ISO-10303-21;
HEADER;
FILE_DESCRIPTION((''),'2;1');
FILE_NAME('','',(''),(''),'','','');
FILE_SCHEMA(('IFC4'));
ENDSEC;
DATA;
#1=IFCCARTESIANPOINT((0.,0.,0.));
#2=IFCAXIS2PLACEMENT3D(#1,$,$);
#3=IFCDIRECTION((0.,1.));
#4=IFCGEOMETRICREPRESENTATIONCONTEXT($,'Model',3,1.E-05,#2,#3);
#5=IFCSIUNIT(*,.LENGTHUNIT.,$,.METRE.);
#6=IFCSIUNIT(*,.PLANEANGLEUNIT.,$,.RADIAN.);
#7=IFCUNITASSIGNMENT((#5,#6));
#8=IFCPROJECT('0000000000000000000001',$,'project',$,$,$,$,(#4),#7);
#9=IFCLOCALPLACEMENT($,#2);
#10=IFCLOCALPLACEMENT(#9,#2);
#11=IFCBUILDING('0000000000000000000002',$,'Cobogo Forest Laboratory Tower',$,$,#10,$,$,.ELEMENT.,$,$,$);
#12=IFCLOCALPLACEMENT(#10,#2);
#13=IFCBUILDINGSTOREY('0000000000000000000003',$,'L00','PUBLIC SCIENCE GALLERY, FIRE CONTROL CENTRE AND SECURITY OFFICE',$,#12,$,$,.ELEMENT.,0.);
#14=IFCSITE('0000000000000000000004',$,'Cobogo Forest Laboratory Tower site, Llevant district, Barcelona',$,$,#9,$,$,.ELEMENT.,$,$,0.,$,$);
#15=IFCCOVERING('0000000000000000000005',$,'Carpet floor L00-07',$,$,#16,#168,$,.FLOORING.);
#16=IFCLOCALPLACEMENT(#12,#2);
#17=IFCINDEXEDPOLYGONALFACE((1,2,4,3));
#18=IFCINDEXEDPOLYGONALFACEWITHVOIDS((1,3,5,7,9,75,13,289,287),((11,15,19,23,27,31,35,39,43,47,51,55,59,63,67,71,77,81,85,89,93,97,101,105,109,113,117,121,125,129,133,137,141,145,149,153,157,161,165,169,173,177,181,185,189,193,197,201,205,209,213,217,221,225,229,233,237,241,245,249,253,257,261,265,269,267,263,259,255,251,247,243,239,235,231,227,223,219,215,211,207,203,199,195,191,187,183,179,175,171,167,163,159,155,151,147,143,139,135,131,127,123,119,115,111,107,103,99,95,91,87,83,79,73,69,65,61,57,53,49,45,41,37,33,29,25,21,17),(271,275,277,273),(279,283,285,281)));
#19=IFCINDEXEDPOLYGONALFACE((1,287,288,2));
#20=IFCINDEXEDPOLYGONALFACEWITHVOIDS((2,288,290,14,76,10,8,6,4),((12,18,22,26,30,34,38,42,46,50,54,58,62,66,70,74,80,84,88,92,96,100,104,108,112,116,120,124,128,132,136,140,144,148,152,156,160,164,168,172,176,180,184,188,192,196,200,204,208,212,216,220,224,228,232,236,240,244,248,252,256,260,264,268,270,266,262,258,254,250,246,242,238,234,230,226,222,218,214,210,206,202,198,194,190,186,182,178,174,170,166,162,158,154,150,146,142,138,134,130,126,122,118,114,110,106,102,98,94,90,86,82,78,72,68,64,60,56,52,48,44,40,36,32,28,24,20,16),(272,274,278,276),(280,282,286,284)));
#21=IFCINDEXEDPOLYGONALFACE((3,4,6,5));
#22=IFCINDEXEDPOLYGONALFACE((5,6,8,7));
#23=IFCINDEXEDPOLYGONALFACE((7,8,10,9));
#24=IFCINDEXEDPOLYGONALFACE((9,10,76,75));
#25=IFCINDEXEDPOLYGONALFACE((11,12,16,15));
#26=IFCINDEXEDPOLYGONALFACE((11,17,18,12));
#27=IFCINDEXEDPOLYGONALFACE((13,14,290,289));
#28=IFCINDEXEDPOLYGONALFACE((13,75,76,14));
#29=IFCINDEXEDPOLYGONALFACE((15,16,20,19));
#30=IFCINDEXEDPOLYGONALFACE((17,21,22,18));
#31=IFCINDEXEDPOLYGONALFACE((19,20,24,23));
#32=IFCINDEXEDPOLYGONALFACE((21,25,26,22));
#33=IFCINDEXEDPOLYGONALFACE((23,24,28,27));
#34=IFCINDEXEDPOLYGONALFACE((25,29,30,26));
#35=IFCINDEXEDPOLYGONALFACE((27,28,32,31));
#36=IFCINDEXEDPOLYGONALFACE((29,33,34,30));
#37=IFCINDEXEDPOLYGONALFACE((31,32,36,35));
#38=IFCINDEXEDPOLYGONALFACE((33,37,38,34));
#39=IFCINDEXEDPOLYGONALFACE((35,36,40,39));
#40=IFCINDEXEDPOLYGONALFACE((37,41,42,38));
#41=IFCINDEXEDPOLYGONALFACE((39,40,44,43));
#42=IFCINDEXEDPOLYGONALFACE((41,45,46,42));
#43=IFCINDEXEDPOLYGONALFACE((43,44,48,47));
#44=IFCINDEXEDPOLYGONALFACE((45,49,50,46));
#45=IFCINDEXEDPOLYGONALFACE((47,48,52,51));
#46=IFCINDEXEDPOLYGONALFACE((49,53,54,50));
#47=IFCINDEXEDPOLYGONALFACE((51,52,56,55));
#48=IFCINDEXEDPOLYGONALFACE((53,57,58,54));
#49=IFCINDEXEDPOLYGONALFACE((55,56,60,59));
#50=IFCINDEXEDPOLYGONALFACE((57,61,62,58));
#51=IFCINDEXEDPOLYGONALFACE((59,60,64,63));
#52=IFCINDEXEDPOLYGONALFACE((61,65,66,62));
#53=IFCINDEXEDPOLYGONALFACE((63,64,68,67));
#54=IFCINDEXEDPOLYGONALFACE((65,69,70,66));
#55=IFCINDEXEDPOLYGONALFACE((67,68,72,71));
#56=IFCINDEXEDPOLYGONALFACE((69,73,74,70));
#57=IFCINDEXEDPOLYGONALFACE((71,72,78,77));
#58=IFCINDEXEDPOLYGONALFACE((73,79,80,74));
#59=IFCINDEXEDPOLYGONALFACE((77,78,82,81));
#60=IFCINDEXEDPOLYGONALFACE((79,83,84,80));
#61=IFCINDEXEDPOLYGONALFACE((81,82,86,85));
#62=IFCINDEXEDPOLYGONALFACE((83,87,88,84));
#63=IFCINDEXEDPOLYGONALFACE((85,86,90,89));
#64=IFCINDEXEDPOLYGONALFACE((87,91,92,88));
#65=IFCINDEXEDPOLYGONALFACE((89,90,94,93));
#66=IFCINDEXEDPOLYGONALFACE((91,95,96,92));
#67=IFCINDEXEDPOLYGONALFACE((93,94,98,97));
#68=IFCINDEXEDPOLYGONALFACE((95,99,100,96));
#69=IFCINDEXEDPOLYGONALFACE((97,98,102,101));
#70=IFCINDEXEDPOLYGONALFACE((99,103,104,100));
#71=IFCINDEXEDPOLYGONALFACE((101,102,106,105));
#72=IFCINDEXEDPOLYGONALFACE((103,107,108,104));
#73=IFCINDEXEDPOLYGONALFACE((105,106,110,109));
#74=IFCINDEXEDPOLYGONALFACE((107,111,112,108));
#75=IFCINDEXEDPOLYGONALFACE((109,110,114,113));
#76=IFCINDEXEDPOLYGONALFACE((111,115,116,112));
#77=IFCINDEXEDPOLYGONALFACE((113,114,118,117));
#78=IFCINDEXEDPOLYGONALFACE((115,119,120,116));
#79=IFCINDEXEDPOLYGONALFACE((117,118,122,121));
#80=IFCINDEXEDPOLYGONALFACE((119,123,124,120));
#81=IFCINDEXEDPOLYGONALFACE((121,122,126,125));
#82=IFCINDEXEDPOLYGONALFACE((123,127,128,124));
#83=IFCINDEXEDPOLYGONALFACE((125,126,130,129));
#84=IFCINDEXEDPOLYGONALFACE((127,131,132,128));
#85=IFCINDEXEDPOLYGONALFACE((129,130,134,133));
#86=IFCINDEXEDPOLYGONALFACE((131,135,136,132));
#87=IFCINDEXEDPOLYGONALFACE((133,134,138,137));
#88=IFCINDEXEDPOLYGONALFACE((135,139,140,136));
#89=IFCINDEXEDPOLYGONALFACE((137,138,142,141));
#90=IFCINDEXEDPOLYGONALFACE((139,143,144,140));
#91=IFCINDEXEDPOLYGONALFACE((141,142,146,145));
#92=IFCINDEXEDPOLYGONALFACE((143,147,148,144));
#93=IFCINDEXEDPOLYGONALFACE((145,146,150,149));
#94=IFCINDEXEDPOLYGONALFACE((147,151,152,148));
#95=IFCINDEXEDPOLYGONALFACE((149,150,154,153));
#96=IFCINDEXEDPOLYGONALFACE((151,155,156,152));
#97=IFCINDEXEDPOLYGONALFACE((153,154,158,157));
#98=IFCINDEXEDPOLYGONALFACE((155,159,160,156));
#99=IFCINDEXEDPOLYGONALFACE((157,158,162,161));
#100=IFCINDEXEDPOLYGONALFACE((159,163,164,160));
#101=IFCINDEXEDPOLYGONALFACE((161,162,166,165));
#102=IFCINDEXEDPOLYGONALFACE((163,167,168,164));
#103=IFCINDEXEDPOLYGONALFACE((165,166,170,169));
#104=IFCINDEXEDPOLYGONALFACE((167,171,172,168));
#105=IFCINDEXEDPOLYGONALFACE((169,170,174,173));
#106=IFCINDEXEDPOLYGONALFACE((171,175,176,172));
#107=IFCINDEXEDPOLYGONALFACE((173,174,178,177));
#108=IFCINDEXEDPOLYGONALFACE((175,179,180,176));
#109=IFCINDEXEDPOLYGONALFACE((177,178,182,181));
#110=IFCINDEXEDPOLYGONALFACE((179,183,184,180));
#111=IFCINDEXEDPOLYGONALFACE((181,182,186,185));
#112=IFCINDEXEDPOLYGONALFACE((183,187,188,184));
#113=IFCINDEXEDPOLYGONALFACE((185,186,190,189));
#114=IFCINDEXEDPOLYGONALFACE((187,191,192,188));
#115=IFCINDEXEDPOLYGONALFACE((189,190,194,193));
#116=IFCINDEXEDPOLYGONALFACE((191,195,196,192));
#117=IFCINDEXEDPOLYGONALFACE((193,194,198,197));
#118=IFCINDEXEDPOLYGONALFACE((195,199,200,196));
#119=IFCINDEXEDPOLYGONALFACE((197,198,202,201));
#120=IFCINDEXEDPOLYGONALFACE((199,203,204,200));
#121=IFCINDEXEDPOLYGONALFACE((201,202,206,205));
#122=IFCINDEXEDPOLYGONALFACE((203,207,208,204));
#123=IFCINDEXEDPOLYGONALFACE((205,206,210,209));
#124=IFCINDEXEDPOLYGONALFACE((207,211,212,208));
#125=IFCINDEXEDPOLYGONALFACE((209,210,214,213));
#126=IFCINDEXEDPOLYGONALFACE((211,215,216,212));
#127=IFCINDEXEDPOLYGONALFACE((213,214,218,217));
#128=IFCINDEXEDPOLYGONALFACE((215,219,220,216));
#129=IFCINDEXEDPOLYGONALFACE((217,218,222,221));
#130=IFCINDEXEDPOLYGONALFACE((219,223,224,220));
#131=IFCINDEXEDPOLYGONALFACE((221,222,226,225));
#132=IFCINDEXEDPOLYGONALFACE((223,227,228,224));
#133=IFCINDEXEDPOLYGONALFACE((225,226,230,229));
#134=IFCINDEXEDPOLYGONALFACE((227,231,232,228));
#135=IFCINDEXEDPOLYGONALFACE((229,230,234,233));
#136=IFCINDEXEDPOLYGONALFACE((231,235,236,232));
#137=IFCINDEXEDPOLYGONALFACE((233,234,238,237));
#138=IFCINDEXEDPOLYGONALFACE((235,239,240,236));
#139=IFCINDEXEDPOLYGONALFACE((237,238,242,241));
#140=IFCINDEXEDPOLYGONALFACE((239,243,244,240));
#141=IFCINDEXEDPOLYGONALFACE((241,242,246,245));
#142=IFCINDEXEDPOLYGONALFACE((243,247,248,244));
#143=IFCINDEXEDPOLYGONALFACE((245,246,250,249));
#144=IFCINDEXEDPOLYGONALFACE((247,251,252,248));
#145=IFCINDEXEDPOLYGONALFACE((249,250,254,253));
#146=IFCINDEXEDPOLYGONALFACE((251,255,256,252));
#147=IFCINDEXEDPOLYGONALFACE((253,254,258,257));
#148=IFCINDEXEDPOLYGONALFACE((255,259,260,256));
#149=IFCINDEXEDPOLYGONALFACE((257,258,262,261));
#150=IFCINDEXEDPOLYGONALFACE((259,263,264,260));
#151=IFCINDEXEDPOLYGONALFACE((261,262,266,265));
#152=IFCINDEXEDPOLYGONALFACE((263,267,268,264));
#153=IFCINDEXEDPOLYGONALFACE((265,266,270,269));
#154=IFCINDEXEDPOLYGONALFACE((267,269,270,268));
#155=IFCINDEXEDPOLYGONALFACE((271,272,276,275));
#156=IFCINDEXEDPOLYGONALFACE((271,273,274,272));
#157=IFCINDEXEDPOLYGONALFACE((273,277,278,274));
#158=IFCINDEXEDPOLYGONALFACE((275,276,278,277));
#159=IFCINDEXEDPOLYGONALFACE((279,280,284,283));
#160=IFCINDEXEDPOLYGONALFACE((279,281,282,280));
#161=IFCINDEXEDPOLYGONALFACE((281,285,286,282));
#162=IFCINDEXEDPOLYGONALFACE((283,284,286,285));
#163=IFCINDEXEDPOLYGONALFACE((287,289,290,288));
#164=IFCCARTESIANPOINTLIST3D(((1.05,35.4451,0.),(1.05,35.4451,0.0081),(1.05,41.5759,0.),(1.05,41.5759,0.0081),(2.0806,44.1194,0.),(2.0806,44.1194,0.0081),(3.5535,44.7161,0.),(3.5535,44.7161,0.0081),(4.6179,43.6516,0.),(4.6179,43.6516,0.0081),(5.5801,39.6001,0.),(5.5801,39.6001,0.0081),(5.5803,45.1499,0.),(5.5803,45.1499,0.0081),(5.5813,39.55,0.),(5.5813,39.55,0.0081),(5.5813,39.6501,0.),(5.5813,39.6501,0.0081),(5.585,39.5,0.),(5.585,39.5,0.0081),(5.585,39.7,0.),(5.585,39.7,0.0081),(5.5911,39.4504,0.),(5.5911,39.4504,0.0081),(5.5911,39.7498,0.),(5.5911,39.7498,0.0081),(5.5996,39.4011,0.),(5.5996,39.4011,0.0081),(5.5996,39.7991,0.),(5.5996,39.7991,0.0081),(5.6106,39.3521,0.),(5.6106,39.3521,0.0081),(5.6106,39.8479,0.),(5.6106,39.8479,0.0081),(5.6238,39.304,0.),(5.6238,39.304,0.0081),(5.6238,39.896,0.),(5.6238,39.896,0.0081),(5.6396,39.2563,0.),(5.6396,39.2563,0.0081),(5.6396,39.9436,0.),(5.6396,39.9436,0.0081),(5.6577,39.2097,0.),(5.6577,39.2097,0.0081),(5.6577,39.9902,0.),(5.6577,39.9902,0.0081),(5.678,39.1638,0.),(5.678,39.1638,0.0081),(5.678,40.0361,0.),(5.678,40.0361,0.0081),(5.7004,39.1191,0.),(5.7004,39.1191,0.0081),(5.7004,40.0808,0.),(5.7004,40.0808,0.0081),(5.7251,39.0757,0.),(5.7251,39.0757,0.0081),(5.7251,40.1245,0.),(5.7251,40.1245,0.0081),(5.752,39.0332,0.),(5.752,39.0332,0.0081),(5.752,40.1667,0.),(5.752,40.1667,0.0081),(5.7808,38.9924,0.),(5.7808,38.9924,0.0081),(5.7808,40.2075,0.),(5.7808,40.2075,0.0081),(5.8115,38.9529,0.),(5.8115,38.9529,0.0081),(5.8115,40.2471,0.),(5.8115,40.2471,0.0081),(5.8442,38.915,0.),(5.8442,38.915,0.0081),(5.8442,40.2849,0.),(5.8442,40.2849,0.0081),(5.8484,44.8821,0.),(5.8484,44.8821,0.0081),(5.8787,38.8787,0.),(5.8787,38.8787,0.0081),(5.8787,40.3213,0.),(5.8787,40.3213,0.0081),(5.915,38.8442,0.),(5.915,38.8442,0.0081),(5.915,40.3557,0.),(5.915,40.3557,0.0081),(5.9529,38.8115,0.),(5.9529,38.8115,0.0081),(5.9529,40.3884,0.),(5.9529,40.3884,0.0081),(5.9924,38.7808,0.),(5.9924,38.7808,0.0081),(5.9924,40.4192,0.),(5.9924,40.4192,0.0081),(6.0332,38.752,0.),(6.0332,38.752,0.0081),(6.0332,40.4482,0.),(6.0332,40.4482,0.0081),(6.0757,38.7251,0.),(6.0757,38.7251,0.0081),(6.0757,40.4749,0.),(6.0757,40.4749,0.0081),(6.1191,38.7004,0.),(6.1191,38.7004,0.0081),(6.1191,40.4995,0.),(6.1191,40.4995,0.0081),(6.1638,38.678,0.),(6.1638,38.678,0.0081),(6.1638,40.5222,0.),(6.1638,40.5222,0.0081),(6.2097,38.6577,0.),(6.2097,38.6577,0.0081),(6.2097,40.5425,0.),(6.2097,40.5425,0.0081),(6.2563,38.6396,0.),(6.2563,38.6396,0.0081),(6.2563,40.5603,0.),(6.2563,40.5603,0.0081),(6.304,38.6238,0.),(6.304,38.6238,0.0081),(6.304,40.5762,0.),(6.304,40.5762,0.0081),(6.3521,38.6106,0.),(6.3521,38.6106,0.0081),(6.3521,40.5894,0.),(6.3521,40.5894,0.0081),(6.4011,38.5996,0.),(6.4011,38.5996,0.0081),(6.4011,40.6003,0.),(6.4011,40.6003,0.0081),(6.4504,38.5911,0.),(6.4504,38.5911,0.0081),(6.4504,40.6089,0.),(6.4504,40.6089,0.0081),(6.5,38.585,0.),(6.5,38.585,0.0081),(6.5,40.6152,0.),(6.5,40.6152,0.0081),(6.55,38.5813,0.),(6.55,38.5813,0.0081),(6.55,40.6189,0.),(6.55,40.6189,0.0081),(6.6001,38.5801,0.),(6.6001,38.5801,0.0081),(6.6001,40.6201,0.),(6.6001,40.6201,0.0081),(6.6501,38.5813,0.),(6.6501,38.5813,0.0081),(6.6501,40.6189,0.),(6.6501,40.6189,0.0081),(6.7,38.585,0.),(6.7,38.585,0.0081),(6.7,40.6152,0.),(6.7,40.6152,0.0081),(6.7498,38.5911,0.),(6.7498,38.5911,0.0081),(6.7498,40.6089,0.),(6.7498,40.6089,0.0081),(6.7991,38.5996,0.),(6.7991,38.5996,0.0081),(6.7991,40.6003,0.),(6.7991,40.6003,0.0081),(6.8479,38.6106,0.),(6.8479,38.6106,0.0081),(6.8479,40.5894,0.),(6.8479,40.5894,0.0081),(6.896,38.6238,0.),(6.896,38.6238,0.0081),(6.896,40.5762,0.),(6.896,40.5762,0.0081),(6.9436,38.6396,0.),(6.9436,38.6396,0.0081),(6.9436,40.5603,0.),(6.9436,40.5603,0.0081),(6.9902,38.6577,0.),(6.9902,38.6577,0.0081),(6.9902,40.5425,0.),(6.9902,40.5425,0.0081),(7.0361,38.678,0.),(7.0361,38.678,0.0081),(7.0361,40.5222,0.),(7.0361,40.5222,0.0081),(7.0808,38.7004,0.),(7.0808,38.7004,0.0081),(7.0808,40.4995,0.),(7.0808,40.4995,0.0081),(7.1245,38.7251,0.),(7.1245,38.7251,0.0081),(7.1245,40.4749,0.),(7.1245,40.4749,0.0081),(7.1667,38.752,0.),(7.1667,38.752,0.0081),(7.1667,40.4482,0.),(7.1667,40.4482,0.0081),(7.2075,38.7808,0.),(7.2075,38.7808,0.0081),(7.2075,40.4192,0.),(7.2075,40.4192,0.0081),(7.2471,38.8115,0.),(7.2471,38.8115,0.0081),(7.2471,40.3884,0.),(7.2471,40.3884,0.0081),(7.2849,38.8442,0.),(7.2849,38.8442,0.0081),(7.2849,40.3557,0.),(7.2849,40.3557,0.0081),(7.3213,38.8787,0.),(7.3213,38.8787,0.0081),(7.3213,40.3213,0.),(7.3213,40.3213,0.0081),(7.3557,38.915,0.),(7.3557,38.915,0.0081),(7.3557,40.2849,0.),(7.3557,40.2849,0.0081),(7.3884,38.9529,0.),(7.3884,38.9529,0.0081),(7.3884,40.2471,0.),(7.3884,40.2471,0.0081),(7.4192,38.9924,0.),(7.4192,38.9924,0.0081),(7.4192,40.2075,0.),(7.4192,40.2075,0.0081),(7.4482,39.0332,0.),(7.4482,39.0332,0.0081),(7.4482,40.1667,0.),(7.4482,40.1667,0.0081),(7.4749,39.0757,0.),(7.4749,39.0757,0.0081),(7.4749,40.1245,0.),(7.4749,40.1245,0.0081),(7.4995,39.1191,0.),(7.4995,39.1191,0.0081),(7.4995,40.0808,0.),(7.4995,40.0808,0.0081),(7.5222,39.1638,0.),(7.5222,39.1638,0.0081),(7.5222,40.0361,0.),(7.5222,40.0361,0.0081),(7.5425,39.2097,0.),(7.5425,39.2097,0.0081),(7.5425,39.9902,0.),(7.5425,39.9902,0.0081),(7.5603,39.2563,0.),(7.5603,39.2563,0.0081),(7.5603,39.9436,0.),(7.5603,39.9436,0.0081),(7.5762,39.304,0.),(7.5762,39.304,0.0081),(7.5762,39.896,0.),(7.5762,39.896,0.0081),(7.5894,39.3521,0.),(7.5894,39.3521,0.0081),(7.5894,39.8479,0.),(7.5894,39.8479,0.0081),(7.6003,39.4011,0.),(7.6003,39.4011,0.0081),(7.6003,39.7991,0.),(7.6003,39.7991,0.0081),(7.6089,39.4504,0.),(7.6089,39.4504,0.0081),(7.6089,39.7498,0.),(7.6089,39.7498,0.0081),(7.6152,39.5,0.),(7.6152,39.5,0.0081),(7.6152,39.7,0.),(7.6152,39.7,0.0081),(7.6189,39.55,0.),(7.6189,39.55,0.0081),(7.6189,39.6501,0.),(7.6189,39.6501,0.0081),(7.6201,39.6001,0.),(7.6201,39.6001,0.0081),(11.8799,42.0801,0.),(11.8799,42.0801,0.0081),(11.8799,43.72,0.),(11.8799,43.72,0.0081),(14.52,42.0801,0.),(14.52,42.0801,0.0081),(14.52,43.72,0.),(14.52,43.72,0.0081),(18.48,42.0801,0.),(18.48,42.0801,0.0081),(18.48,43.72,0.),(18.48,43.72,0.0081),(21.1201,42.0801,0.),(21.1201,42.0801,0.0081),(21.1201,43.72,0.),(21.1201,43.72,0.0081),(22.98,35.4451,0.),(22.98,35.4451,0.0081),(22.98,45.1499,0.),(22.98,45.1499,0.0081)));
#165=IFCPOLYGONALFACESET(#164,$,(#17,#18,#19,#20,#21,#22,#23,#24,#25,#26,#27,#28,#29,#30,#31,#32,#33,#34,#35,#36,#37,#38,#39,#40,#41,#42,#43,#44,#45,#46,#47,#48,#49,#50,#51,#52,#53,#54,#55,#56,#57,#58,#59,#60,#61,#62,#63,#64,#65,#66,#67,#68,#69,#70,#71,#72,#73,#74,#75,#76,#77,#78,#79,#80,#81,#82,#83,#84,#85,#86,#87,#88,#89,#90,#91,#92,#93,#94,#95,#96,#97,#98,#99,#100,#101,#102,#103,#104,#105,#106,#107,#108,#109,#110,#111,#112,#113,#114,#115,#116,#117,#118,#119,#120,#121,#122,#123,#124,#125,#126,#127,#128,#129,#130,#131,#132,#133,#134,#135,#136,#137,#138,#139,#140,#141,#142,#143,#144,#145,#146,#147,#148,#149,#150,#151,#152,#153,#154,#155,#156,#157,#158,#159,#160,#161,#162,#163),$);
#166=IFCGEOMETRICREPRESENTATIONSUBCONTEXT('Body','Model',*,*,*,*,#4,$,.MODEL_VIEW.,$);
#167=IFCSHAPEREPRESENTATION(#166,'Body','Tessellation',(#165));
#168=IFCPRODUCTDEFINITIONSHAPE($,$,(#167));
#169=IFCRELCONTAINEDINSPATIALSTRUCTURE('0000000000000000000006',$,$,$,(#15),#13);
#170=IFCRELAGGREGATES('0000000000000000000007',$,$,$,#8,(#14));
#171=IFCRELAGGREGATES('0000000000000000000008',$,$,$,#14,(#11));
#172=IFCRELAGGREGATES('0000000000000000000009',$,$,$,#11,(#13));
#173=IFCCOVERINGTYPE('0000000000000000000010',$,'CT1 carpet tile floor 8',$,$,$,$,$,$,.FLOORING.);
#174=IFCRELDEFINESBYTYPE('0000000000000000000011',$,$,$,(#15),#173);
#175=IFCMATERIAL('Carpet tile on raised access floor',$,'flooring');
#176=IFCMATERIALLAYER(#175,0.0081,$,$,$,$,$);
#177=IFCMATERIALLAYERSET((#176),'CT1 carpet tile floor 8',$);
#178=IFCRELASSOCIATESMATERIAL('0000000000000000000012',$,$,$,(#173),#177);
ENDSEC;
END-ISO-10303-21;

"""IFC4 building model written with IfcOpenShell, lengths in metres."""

from ifc_helpers import new_model, si_unit, direction, origin, place, context, subcontext, project, spatial, polyline, outline, extrude, material, layer, layer_set, type_object, element, save


model = new_model("IFC4")

# Units and contexts
model_context = context("Model", 3, precision=1e-05, world=origin(), true_north=direction((0.0, 1.0)))
body_context = subcontext(model_context, "Body", "Model", "MODEL_VIEW")
ifc_project = project(units=[si_unit("LENGTHUNIT", "METRE"), si_unit("PLANEANGLEUNIT", "RADIAN")], contexts=[model_context])

# Site, building, storey
site_placement = place(None, origin())
site = spatial("IfcSite", under=ifc_project, at=site_placement, Name="Cobogo Forest Laboratory Tower site, Llevant district, Barcelona", CompositionType="ELEMENT", RefElevation=0.0)
building_placement = place(site_placement, origin())
building = spatial("IfcBuilding", under=site, at=building_placement, Name="Cobogo Forest Laboratory Tower", CompositionType="ELEMENT")
storey_placement = place(building_placement, origin())
storey = spatial("IfcBuildingStorey", under=building, at=storey_placement, Name="L00", Description="PUBLIC SCIENCE GALLERY, FIRE CONTROL CENTRE AND SECURITY OFFICE", CompositionType="ELEMENT", Elevation=0.0)

# Covering
ifc_material_1 = material(Name="Carpet tile on raised access floor", Category="flooring")
ifc_layer_1 = layer(ifc_material_1, 0.0081)
ifc_layer_set_1 = layer_set([ifc_layer_1], Name="CT1 carpet tile floor 8")
covering_type_1 = type_object("IfcCoveringType", Name="CT1 carpet tile floor 8", PredefinedType="FLOORING", material=ifc_layer_set_1)
covering_1_placement = place(storey_placement, origin())
element("IfcCovering", 1, at=covering_1_placement, inside=storey, type_object=covering_type_1, Name="Carpet floor L00-07", PredefinedType="FLOORING", context=body_context, shape_type="SweptSolid", body=[
    extrude(outline(polyline([(1.05, 35.4451), (1.05, 41.5759), (2.0806, 44.1194), (3.5535, 44.7161), (4.6179, 43.6516), (5.8484, 44.8821), (5.5803, 45.1499), (22.98, 45.1499), (22.98, 35.4451), (1.05, 35.4451)]), holes=[polyline([(18.48, 43.72), (18.48, 42.0801), (21.1201, 42.0801), (21.1201, 43.72), (18.48, 43.72)]), polyline([(11.8799, 43.72), (11.8799, 42.0801), (14.52, 42.0801), (14.52, 43.72), (11.8799, 43.72)]), polyline([(7.5894, 39.3521), (7.6003, 39.4011), (7.6089, 39.4504), (7.6152, 39.5), (7.6189, 39.55), (7.6201, 39.6001), (7.6189, 39.6501), (7.6152, 39.7), (7.6089, 39.7498), (7.6003, 39.7991), (7.5894, 39.8479), (7.5762, 39.896), (7.5603, 39.9436), (7.5425, 39.9902), (7.5222, 40.0361), (7.4995, 40.0808), (7.4749, 40.1245), (7.4482, 40.1667), (7.4192, 40.2075), (7.3884, 40.2471), (7.3557, 40.2849), (7.3213, 40.3213), (7.2849, 40.3557), (7.2471, 40.3884), (7.2075, 40.4192), (7.1667, 40.4482), (7.1245, 40.4749), (7.0808, 40.4995), (7.0361, 40.5222), (6.9902, 40.5425), (6.9436, 40.5603), (6.896, 40.5762), (6.8479, 40.5894), (6.7991, 40.6003), (6.7498, 40.6089), (6.7, 40.6152), (6.6501, 40.6189), (6.6001, 40.6201), (6.55, 40.6189), (6.5, 40.6152), (6.4504, 40.6089), (6.4011, 40.6003), (6.3521, 40.5894), (6.304, 40.5762), (6.2563, 40.5603), (6.2097, 40.5425), (6.1638, 40.5222), (6.1191, 40.4995), (6.0757, 40.4749), (6.0332, 40.4482), (5.9924, 40.4192), (5.9529, 40.3884), (5.915, 40.3557), (5.8787, 40.3213), (5.8442, 40.2849), (5.8115, 40.2471), (5.7808, 40.2075), (5.752, 40.1667), (5.7251, 40.1245), (5.7004, 40.0808), (5.678, 40.0361), (5.6577, 39.9902), (5.6396, 39.9436), (5.6238, 39.896), (5.6106, 39.8479), (5.5996, 39.7991), (5.5911, 39.7498), (5.585, 39.7), (5.5813, 39.6501), (5.5801, 39.6001), (5.5813, 39.55), (5.585, 39.5), (5.5911, 39.4504), (5.5996, 39.4011), (5.6106, 39.3521), (5.6238, 39.304), (5.6396, 39.2563), (5.6577, 39.2097), (5.678, 39.1638), (5.7004, 39.1191), (5.7251, 39.0757), (5.752, 39.0332), (5.7808, 38.9924), (5.8115, 38.9529), (5.8442, 38.915), (5.8787, 38.8787), (5.915, 38.8442), (5.9529, 38.8115), (5.9924, 38.7808), (6.0332, 38.752), (6.0757, 38.7251), (6.1191, 38.7004), (6.1638, 38.678), (6.2097, 38.6577), (6.2563, 38.6396), (6.304, 38.6238), (6.3521, 38.6106), (6.4011, 38.5996), (6.4504, 38.5911), (6.5, 38.585), (6.55, 38.5813), (6.6001, 38.5801), (6.6501, 38.5813), (6.7, 38.585), (6.7498, 38.5911), (6.7991, 38.5996), (6.8479, 38.6106), (6.896, 38.6238), (6.9436, 38.6396), (6.9902, 38.6577), (7.0361, 38.678), (7.0808, 38.7004), (7.1245, 38.7251), (7.1667, 38.752), (7.2075, 38.7808), (7.2471, 38.8115), (7.2849, 38.8442), (7.3213, 38.8787), (7.3557, 38.915), (7.3884, 38.9529), (7.4192, 38.9924), (7.4482, 39.0332), (7.4749, 39.0757), (7.4995, 39.1191), (7.5222, 39.1638), (7.5425, 39.2097), (7.5603, 39.2563), (7.5762, 39.304), (7.5894, 39.3521)])]), origin(), (0.0, 0.0, 1.0), 0.0081),
])

save(model, "model.ifc")
